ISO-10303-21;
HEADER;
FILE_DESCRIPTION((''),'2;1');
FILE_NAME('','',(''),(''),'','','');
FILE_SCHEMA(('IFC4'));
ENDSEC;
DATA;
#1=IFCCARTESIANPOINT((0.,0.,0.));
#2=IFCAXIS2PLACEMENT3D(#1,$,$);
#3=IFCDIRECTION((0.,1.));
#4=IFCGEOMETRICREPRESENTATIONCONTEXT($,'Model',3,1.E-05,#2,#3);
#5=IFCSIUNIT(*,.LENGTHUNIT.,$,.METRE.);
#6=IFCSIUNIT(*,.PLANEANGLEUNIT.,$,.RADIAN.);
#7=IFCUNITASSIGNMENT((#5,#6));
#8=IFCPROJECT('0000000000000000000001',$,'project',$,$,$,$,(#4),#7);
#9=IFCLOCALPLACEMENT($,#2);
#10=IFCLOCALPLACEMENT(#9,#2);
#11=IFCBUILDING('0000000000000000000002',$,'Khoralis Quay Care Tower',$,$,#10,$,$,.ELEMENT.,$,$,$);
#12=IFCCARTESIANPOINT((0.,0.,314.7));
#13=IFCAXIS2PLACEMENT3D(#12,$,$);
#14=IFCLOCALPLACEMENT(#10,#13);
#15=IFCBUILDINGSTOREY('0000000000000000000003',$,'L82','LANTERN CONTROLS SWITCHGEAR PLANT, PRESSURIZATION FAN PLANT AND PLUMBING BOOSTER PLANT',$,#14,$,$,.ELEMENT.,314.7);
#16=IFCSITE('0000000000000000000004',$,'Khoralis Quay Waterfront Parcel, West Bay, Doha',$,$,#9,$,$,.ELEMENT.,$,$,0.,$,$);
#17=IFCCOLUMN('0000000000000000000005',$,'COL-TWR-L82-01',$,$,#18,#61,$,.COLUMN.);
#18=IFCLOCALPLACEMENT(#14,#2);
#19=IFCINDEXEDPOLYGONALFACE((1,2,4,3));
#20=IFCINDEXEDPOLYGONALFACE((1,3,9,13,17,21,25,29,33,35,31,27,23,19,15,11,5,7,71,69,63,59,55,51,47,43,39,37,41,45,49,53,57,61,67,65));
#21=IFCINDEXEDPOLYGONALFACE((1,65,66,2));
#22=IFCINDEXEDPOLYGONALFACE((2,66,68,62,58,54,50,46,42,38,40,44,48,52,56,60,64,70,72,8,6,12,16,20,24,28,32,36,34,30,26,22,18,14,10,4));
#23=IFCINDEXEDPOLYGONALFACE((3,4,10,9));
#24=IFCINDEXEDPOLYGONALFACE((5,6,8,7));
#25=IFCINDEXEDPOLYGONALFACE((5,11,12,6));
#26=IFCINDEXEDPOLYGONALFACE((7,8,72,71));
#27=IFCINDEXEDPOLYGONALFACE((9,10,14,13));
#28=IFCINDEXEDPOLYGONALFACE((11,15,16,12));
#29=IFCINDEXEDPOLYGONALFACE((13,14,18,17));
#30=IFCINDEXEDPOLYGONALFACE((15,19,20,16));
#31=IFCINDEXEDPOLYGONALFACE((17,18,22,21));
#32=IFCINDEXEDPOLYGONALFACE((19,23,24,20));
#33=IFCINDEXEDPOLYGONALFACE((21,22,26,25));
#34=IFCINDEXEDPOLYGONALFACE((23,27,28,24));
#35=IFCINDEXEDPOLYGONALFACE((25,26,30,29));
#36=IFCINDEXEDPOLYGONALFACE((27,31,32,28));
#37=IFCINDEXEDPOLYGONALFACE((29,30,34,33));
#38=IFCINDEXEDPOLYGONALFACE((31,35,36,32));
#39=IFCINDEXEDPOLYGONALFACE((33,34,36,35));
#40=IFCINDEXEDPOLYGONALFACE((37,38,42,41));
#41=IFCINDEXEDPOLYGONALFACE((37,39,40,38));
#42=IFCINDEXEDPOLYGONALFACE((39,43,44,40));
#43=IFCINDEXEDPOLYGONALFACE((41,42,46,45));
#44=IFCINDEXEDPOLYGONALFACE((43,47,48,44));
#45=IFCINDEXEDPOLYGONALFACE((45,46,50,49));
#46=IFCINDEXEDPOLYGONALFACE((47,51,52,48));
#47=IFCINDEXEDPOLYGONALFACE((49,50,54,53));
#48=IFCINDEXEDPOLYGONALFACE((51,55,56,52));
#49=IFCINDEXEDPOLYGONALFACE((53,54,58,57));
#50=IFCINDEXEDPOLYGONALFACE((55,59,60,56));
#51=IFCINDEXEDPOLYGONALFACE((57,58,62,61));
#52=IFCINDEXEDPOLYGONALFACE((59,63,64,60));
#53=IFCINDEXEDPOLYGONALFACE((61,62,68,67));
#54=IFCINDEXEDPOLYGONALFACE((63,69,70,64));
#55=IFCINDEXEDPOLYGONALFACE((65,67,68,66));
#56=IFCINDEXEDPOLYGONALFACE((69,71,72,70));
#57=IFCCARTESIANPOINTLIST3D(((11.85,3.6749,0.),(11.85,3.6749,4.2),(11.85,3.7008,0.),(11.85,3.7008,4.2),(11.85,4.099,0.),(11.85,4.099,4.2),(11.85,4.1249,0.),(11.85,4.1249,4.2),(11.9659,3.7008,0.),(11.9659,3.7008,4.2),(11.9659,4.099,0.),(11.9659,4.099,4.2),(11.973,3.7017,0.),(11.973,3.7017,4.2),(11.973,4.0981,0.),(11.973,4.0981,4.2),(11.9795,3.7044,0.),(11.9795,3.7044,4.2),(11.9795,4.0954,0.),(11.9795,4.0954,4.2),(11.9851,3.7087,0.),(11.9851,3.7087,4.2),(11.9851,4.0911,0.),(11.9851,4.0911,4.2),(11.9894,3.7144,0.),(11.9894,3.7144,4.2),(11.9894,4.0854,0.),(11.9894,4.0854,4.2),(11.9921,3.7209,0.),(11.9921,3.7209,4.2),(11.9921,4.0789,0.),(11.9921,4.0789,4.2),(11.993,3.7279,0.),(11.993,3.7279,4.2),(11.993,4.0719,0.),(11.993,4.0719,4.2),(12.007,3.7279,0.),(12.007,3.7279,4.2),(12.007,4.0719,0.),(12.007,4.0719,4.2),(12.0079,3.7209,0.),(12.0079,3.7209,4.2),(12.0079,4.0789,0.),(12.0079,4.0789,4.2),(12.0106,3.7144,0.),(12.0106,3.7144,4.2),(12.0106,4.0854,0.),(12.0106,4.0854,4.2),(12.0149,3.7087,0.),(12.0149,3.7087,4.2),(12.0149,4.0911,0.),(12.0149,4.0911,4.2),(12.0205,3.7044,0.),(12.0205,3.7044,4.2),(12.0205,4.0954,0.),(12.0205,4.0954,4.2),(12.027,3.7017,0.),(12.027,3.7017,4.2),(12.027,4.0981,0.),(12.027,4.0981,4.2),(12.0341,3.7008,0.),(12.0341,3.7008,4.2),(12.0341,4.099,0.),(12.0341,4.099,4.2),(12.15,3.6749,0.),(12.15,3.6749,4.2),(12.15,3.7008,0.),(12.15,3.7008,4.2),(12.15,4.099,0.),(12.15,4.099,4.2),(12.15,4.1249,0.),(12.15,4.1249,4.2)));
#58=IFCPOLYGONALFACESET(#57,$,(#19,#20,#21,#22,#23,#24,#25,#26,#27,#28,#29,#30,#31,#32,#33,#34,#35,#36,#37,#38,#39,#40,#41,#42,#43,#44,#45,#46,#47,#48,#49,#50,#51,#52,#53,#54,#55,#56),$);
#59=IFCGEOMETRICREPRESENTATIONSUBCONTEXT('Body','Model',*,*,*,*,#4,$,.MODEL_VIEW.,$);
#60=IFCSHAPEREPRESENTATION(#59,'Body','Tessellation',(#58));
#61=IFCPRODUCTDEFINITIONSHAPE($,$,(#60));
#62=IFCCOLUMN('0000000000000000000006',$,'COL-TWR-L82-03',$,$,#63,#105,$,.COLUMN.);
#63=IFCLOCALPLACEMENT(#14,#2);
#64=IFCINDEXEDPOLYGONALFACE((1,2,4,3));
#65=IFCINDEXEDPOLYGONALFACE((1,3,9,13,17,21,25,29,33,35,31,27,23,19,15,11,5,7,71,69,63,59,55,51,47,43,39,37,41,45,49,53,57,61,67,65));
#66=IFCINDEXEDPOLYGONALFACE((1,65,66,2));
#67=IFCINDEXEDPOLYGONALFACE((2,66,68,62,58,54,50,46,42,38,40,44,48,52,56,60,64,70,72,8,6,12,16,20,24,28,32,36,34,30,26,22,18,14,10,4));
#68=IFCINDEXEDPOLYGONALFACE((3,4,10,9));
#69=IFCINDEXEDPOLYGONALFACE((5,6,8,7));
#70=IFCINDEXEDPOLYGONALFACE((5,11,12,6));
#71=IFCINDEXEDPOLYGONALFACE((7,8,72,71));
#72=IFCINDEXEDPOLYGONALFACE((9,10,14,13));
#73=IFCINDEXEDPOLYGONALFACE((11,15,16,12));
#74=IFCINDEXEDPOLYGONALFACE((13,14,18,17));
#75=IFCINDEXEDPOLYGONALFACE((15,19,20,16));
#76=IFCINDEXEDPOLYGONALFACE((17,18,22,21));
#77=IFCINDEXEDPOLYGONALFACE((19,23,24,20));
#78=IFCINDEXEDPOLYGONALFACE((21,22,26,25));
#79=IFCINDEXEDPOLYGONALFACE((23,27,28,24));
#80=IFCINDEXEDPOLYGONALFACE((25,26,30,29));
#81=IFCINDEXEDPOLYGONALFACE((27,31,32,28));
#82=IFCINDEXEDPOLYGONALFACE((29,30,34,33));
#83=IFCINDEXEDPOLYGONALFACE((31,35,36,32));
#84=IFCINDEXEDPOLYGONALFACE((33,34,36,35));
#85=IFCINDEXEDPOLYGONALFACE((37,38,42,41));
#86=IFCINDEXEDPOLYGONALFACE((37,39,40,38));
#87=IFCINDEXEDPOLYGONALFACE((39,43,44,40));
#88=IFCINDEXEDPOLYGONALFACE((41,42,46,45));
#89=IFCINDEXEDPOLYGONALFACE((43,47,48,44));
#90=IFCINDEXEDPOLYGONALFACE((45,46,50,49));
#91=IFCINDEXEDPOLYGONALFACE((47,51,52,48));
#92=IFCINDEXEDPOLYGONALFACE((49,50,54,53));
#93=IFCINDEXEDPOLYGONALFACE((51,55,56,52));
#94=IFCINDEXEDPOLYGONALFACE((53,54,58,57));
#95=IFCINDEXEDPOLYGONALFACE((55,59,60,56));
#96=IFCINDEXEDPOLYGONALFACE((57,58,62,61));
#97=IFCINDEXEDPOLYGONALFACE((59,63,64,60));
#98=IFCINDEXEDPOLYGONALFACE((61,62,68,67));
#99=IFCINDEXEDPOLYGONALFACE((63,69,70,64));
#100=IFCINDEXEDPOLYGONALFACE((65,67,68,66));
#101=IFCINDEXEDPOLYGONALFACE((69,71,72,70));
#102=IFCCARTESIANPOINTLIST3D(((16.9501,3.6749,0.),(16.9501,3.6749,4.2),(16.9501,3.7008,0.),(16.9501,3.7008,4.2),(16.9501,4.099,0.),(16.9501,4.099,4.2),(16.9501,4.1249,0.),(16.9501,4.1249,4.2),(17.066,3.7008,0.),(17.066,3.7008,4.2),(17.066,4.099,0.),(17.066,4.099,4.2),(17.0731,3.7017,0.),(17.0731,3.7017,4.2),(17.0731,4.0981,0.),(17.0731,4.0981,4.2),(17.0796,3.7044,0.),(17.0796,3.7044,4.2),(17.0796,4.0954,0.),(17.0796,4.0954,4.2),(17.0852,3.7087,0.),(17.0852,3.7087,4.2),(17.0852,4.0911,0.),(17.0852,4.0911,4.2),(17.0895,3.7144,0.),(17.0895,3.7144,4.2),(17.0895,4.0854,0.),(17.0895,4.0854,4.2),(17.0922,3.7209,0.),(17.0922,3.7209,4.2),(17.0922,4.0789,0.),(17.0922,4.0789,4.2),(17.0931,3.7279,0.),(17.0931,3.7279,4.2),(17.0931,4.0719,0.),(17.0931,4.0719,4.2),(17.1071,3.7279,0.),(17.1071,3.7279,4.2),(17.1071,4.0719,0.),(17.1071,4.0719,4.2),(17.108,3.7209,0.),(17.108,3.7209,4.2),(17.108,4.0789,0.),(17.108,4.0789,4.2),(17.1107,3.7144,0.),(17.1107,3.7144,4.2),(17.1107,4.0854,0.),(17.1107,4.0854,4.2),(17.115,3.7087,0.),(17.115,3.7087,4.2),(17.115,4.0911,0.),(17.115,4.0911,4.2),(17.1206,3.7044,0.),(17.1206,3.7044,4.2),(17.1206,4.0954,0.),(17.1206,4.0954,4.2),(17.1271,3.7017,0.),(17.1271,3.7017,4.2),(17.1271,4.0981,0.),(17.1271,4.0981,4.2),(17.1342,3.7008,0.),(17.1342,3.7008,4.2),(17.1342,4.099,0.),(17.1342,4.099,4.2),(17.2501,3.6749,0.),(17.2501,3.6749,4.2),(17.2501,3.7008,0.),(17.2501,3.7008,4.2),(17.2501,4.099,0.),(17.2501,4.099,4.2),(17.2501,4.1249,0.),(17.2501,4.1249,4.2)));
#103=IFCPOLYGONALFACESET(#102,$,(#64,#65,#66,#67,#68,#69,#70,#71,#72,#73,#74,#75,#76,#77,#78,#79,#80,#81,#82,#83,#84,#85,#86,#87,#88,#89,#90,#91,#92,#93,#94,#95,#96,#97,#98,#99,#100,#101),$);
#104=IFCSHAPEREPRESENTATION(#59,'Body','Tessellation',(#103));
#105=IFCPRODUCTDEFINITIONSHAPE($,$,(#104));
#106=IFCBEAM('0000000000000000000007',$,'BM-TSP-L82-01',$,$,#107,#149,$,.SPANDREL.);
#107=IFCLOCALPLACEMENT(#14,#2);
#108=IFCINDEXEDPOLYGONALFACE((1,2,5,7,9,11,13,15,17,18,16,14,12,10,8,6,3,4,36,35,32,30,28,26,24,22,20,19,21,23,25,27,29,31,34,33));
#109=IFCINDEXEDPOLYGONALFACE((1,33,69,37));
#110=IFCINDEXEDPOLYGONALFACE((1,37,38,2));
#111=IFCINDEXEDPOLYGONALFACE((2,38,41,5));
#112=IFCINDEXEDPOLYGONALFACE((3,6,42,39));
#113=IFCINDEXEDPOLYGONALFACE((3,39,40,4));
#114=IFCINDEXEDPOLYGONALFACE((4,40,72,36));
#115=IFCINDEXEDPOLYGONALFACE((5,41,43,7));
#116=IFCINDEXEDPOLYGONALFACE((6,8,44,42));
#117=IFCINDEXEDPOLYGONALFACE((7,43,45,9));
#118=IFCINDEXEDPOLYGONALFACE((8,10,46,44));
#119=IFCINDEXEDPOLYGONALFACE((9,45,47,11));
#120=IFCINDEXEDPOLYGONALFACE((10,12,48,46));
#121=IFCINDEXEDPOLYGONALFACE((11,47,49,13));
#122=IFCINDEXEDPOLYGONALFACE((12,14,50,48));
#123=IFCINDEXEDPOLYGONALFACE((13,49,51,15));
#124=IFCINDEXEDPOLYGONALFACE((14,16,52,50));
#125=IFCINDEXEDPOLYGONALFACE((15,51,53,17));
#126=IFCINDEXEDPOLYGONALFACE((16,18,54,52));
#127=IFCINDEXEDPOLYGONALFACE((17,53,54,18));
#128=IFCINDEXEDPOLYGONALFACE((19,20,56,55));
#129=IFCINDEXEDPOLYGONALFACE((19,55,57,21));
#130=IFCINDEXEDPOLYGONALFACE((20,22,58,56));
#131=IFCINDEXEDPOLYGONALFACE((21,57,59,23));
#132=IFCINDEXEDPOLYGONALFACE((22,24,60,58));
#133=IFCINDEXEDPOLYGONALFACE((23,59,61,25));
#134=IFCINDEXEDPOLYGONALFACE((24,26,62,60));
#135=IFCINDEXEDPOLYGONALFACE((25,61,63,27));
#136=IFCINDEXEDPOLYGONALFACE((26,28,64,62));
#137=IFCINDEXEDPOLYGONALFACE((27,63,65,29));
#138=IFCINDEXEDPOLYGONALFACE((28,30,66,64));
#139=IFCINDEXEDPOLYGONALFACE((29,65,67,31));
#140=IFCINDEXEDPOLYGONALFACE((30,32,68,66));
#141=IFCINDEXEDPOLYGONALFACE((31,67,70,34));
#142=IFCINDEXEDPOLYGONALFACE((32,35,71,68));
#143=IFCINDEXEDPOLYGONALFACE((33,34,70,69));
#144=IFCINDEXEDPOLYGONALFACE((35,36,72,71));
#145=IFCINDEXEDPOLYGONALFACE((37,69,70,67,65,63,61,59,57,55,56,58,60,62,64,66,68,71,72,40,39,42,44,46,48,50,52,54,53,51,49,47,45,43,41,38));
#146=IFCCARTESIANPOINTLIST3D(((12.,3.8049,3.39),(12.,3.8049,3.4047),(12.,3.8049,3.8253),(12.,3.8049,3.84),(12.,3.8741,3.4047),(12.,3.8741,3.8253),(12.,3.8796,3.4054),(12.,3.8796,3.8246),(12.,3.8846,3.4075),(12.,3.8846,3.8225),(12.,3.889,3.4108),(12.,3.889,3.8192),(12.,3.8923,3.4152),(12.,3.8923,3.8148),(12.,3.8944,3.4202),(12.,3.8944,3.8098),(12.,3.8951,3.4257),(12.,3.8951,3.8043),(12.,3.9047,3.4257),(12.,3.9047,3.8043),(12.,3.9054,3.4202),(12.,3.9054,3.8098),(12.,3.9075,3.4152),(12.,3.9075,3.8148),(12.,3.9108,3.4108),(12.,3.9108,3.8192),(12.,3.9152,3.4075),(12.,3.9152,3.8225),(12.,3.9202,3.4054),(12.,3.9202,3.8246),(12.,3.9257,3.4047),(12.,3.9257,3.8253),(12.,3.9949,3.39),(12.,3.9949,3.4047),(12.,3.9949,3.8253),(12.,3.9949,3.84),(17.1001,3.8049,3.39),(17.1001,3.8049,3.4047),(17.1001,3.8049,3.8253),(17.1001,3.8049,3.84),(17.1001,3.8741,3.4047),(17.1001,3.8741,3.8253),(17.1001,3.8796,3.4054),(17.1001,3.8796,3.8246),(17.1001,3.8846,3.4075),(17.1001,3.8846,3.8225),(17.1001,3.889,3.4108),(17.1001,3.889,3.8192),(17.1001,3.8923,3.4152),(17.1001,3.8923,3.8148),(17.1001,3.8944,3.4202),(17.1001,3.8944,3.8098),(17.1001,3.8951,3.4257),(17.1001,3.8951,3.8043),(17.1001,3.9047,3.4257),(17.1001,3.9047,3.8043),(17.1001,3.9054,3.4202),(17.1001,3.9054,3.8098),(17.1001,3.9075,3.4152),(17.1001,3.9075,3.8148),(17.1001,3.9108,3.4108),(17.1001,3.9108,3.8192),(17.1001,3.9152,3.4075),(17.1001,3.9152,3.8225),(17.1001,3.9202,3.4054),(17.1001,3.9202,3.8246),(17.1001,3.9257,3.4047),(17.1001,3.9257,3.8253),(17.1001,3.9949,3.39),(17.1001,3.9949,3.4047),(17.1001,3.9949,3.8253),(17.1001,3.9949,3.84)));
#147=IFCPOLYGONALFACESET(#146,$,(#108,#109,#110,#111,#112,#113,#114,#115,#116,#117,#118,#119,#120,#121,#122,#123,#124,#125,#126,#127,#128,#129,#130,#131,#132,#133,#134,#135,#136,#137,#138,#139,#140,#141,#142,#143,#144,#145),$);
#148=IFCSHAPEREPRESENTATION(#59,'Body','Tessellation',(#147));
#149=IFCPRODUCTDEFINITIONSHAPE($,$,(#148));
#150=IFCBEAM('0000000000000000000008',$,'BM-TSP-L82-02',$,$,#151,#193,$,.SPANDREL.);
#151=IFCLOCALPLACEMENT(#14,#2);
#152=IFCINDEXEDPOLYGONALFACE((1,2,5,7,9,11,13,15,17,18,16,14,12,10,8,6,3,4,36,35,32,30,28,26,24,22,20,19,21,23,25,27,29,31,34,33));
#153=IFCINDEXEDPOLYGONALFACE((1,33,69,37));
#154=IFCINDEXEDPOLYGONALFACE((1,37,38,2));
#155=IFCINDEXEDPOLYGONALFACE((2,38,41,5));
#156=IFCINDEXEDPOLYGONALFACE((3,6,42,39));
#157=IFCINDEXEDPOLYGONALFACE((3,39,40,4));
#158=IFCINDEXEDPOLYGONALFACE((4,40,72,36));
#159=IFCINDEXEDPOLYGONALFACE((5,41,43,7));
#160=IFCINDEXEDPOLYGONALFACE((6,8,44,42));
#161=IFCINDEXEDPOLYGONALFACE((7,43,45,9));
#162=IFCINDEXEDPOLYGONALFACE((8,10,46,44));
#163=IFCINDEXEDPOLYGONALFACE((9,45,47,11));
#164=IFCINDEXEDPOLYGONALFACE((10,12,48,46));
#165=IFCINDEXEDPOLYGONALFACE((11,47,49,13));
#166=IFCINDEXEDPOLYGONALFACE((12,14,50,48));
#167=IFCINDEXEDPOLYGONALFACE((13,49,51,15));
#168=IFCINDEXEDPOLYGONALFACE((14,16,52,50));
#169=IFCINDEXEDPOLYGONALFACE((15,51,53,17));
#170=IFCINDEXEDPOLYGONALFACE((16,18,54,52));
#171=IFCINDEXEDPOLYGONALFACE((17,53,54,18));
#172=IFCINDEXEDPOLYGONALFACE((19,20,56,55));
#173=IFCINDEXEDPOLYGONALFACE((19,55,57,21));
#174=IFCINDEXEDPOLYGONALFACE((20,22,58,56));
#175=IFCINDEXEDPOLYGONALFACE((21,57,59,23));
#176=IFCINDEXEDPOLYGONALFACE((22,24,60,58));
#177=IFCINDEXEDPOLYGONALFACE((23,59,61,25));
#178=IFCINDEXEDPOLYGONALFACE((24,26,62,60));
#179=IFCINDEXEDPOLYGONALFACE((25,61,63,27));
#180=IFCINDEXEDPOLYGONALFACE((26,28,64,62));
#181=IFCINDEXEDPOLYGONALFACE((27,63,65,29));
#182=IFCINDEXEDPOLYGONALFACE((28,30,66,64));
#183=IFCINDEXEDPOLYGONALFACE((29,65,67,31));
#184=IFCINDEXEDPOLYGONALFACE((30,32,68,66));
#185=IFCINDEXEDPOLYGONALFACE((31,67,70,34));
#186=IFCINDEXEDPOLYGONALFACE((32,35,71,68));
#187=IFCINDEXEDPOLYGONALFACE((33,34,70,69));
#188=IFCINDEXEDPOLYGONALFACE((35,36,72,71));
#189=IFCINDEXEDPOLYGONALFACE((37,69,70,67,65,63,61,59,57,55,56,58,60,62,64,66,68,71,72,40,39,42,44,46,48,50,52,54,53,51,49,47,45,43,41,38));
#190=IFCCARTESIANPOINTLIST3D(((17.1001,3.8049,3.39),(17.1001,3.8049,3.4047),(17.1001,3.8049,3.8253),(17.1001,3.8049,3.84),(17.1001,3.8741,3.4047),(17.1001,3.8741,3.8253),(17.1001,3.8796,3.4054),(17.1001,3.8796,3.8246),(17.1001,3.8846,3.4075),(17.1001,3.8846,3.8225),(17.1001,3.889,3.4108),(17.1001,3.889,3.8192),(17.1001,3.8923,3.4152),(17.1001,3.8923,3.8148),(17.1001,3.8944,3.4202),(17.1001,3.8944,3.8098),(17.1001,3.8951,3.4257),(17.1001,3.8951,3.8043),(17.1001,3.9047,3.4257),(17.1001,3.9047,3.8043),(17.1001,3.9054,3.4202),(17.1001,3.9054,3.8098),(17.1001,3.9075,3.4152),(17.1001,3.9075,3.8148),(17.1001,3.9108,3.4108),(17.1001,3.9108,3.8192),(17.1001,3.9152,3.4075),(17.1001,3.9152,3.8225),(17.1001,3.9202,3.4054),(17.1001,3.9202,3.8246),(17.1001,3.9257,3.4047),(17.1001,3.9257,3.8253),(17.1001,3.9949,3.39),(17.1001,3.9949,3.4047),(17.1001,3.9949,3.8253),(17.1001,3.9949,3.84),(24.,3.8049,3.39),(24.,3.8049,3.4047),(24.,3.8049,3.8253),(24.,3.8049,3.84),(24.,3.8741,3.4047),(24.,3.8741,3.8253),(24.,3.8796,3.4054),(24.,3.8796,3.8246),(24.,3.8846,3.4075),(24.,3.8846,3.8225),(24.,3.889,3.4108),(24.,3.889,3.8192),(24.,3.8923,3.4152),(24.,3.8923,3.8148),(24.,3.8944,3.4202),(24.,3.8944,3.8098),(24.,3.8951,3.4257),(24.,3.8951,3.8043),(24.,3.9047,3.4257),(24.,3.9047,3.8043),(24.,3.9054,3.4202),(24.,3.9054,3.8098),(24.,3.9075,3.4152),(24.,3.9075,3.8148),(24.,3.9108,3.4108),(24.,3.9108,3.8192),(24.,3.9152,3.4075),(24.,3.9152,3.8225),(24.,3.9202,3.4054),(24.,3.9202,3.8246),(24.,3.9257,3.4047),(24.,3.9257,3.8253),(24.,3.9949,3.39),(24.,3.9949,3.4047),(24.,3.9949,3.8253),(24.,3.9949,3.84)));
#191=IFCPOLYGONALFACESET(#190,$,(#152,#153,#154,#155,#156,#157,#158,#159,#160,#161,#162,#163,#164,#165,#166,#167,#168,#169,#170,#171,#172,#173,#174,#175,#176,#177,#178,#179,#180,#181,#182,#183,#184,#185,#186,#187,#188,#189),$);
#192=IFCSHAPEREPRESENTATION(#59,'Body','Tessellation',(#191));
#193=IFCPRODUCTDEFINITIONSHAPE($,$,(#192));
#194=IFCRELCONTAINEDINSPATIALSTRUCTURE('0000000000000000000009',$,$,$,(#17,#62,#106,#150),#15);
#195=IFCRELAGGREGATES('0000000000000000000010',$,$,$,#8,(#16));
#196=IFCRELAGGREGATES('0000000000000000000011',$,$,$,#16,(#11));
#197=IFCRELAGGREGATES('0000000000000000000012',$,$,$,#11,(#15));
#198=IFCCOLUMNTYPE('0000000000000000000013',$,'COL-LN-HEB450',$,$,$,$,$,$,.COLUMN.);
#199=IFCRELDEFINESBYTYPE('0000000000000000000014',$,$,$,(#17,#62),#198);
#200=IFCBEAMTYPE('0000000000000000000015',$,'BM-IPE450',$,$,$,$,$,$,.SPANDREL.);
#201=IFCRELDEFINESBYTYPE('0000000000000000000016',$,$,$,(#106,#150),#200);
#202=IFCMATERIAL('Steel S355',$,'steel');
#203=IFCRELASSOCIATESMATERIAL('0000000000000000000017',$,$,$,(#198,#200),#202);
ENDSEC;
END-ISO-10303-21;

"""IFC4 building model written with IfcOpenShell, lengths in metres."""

from ifc_helpers import new_model, si_unit, direction, frame, origin, origin_2d, place, context, subcontext, project, spatial, i_section, extrude, source, transform, mapped, material, material_profile, profile_set, type_object, element, save


model = new_model("IFC4")

# Units and contexts
model_context = context("Model", 3, precision=1e-05, world=origin(), true_north=direction((0.0, 1.0)))
body_context = subcontext(model_context, "Body", "Model", "MODEL_VIEW")
ifc_project = project(units=[si_unit("LENGTHUNIT", "METRE"), si_unit("PLANEANGLEUNIT", "RADIAN")], contexts=[model_context])

# Site, building, storey
site_placement = place(None, origin())
site = spatial("IfcSite", under=ifc_project, at=site_placement, Name="Khoralis Quay Waterfront Parcel, West Bay, Doha", CompositionType="ELEMENT", RefElevation=0.0)
building_placement = place(site_placement, origin())
building = spatial("IfcBuilding", under=site, at=building_placement, Name="Khoralis Quay Care Tower", CompositionType="ELEMENT")
storey_placement = place(building_placement, frame((0.0, 0.0, 314.7)))
storey = spatial("IfcBuildingStorey", under=building, at=storey_placement, Name="L82", Description="LANTERN CONTROLS SWITCHGEAR PLANT, PRESSURIZATION FAN PLANT AND PLUMBING BOOSTER PLANT", CompositionType="ELEMENT", Elevation=314.7)

# Columns
ifc_material_1 = material(Name="Steel S355", Category="steel")
ifc_material_profile_1 = material_profile(ifc_material_1, i_section(OverallWidth=0.3, OverallDepth=0.45, WebThickness=0.0139, FlangeThickness=0.0259, FilletRadius=0.0271, at=origin_2d()), Name="Steel S355")
ifc_profile_set_1 = profile_set([ifc_material_profile_1], Name="Steel S355")
column_type = type_object("IfcColumnType", Name="COL-LN-HEB450", PredefinedType="COLUMN", material=ifc_profile_set_1)
shared_shape_1 = source(origin(), body_context, "Body", "SweptSolid", [
    extrude(i_section(OverallWidth=0.3, OverallDepth=0.45, WebThickness=0.0139, FlangeThickness=0.0259, FilletRadius=0.0271, at=origin_2d()), origin(), (0.0, 0.0, 1.0), 4.2),
])
for number, where, z_axis, x_axis, name in (
    (1, (12.0, 3.8999, 0.0), (0.0, 0.0, 1.0), (1.0, 0.0, 0.0), "COL-TWR-L82-01"),
    (2, (17.1001, 3.8999, 0.0), (0.0, 0.0, 1.0), (1.0, 0.0, 0.0), "COL-TWR-L82-03"),
):
    element("IfcColumn", number, at=place(storey_placement, frame(where, z_axis=z_axis, x_axis=x_axis)), inside=storey, type_object=column_type, Name=name, PredefinedType="COLUMN", context=body_context, shape_type="MappedRepresentation", body=[
        mapped(shared_shape_1, transform((0.0, 0.0, 0.0), scale=1.0)),
    ])

# Beams
ifc_material_profile_2 = material_profile(ifc_material_1, i_section(OverallWidth=0.1899, OverallDepth=0.45, WebThickness=0.0095, FlangeThickness=0.0146, FilletRadius=0.021, at=origin_2d()), Name="Steel S355")
ifc_profile_set_2 = profile_set([ifc_material_profile_2], Name="Steel S355")
beam_type_1 = type_object("IfcBeamType", Name="BM-IPE450", PredefinedType="SPANDREL", material=ifc_profile_set_2)
shared_shape_2 = source(origin(), body_context, "Body", "SweptSolid", [
    extrude(i_section(OverallWidth=0.1899, OverallDepth=0.45, WebThickness=0.0095, FlangeThickness=0.0146, FilletRadius=0.021, at=origin_2d()), origin(), (0.0, 0.0, 1.0), 5.1001),
])
beam_1_placement = place(storey_placement, frame((12.0, 3.8999, 3.615), z_axis=(1.0, 0.0, 0.0), x_axis=(0.0, 1.0, 0.0)))
element("IfcBeam", 3, at=beam_1_placement, inside=storey, type_object=beam_type_1, Name="BM-TSP-L82-01", PredefinedType="SPANDREL", context=body_context, shape_type="MappedRepresentation", body=[
    mapped(shared_shape_2, transform((0.0, 0.0, 0.0), scale=1.0)),
])
shared_shape_3 = source(origin(), body_context, "Body", "SweptSolid", [
    extrude(i_section(OverallWidth=0.1899, OverallDepth=0.45, WebThickness=0.0095, FlangeThickness=0.0146, FilletRadius=0.021, at=origin_2d()), origin(), (0.0, 0.0, 1.0), 6.8999),
])
beam_2_placement = place(storey_placement, frame((17.1001, 3.8999, 3.615), z_axis=(1.0, 0.0, 0.0), x_axis=(0.0, 1.0, 0.0)))
element("IfcBeam", 4, at=beam_2_placement, inside=storey, type_object=beam_type_1, Name="BM-TSP-L82-02", PredefinedType="SPANDREL", context=body_context, shape_type="MappedRepresentation", body=[
    mapped(shared_shape_3, transform((0.0, 0.0, 0.0), scale=1.0)),
])

save(model, "model.ifc")
